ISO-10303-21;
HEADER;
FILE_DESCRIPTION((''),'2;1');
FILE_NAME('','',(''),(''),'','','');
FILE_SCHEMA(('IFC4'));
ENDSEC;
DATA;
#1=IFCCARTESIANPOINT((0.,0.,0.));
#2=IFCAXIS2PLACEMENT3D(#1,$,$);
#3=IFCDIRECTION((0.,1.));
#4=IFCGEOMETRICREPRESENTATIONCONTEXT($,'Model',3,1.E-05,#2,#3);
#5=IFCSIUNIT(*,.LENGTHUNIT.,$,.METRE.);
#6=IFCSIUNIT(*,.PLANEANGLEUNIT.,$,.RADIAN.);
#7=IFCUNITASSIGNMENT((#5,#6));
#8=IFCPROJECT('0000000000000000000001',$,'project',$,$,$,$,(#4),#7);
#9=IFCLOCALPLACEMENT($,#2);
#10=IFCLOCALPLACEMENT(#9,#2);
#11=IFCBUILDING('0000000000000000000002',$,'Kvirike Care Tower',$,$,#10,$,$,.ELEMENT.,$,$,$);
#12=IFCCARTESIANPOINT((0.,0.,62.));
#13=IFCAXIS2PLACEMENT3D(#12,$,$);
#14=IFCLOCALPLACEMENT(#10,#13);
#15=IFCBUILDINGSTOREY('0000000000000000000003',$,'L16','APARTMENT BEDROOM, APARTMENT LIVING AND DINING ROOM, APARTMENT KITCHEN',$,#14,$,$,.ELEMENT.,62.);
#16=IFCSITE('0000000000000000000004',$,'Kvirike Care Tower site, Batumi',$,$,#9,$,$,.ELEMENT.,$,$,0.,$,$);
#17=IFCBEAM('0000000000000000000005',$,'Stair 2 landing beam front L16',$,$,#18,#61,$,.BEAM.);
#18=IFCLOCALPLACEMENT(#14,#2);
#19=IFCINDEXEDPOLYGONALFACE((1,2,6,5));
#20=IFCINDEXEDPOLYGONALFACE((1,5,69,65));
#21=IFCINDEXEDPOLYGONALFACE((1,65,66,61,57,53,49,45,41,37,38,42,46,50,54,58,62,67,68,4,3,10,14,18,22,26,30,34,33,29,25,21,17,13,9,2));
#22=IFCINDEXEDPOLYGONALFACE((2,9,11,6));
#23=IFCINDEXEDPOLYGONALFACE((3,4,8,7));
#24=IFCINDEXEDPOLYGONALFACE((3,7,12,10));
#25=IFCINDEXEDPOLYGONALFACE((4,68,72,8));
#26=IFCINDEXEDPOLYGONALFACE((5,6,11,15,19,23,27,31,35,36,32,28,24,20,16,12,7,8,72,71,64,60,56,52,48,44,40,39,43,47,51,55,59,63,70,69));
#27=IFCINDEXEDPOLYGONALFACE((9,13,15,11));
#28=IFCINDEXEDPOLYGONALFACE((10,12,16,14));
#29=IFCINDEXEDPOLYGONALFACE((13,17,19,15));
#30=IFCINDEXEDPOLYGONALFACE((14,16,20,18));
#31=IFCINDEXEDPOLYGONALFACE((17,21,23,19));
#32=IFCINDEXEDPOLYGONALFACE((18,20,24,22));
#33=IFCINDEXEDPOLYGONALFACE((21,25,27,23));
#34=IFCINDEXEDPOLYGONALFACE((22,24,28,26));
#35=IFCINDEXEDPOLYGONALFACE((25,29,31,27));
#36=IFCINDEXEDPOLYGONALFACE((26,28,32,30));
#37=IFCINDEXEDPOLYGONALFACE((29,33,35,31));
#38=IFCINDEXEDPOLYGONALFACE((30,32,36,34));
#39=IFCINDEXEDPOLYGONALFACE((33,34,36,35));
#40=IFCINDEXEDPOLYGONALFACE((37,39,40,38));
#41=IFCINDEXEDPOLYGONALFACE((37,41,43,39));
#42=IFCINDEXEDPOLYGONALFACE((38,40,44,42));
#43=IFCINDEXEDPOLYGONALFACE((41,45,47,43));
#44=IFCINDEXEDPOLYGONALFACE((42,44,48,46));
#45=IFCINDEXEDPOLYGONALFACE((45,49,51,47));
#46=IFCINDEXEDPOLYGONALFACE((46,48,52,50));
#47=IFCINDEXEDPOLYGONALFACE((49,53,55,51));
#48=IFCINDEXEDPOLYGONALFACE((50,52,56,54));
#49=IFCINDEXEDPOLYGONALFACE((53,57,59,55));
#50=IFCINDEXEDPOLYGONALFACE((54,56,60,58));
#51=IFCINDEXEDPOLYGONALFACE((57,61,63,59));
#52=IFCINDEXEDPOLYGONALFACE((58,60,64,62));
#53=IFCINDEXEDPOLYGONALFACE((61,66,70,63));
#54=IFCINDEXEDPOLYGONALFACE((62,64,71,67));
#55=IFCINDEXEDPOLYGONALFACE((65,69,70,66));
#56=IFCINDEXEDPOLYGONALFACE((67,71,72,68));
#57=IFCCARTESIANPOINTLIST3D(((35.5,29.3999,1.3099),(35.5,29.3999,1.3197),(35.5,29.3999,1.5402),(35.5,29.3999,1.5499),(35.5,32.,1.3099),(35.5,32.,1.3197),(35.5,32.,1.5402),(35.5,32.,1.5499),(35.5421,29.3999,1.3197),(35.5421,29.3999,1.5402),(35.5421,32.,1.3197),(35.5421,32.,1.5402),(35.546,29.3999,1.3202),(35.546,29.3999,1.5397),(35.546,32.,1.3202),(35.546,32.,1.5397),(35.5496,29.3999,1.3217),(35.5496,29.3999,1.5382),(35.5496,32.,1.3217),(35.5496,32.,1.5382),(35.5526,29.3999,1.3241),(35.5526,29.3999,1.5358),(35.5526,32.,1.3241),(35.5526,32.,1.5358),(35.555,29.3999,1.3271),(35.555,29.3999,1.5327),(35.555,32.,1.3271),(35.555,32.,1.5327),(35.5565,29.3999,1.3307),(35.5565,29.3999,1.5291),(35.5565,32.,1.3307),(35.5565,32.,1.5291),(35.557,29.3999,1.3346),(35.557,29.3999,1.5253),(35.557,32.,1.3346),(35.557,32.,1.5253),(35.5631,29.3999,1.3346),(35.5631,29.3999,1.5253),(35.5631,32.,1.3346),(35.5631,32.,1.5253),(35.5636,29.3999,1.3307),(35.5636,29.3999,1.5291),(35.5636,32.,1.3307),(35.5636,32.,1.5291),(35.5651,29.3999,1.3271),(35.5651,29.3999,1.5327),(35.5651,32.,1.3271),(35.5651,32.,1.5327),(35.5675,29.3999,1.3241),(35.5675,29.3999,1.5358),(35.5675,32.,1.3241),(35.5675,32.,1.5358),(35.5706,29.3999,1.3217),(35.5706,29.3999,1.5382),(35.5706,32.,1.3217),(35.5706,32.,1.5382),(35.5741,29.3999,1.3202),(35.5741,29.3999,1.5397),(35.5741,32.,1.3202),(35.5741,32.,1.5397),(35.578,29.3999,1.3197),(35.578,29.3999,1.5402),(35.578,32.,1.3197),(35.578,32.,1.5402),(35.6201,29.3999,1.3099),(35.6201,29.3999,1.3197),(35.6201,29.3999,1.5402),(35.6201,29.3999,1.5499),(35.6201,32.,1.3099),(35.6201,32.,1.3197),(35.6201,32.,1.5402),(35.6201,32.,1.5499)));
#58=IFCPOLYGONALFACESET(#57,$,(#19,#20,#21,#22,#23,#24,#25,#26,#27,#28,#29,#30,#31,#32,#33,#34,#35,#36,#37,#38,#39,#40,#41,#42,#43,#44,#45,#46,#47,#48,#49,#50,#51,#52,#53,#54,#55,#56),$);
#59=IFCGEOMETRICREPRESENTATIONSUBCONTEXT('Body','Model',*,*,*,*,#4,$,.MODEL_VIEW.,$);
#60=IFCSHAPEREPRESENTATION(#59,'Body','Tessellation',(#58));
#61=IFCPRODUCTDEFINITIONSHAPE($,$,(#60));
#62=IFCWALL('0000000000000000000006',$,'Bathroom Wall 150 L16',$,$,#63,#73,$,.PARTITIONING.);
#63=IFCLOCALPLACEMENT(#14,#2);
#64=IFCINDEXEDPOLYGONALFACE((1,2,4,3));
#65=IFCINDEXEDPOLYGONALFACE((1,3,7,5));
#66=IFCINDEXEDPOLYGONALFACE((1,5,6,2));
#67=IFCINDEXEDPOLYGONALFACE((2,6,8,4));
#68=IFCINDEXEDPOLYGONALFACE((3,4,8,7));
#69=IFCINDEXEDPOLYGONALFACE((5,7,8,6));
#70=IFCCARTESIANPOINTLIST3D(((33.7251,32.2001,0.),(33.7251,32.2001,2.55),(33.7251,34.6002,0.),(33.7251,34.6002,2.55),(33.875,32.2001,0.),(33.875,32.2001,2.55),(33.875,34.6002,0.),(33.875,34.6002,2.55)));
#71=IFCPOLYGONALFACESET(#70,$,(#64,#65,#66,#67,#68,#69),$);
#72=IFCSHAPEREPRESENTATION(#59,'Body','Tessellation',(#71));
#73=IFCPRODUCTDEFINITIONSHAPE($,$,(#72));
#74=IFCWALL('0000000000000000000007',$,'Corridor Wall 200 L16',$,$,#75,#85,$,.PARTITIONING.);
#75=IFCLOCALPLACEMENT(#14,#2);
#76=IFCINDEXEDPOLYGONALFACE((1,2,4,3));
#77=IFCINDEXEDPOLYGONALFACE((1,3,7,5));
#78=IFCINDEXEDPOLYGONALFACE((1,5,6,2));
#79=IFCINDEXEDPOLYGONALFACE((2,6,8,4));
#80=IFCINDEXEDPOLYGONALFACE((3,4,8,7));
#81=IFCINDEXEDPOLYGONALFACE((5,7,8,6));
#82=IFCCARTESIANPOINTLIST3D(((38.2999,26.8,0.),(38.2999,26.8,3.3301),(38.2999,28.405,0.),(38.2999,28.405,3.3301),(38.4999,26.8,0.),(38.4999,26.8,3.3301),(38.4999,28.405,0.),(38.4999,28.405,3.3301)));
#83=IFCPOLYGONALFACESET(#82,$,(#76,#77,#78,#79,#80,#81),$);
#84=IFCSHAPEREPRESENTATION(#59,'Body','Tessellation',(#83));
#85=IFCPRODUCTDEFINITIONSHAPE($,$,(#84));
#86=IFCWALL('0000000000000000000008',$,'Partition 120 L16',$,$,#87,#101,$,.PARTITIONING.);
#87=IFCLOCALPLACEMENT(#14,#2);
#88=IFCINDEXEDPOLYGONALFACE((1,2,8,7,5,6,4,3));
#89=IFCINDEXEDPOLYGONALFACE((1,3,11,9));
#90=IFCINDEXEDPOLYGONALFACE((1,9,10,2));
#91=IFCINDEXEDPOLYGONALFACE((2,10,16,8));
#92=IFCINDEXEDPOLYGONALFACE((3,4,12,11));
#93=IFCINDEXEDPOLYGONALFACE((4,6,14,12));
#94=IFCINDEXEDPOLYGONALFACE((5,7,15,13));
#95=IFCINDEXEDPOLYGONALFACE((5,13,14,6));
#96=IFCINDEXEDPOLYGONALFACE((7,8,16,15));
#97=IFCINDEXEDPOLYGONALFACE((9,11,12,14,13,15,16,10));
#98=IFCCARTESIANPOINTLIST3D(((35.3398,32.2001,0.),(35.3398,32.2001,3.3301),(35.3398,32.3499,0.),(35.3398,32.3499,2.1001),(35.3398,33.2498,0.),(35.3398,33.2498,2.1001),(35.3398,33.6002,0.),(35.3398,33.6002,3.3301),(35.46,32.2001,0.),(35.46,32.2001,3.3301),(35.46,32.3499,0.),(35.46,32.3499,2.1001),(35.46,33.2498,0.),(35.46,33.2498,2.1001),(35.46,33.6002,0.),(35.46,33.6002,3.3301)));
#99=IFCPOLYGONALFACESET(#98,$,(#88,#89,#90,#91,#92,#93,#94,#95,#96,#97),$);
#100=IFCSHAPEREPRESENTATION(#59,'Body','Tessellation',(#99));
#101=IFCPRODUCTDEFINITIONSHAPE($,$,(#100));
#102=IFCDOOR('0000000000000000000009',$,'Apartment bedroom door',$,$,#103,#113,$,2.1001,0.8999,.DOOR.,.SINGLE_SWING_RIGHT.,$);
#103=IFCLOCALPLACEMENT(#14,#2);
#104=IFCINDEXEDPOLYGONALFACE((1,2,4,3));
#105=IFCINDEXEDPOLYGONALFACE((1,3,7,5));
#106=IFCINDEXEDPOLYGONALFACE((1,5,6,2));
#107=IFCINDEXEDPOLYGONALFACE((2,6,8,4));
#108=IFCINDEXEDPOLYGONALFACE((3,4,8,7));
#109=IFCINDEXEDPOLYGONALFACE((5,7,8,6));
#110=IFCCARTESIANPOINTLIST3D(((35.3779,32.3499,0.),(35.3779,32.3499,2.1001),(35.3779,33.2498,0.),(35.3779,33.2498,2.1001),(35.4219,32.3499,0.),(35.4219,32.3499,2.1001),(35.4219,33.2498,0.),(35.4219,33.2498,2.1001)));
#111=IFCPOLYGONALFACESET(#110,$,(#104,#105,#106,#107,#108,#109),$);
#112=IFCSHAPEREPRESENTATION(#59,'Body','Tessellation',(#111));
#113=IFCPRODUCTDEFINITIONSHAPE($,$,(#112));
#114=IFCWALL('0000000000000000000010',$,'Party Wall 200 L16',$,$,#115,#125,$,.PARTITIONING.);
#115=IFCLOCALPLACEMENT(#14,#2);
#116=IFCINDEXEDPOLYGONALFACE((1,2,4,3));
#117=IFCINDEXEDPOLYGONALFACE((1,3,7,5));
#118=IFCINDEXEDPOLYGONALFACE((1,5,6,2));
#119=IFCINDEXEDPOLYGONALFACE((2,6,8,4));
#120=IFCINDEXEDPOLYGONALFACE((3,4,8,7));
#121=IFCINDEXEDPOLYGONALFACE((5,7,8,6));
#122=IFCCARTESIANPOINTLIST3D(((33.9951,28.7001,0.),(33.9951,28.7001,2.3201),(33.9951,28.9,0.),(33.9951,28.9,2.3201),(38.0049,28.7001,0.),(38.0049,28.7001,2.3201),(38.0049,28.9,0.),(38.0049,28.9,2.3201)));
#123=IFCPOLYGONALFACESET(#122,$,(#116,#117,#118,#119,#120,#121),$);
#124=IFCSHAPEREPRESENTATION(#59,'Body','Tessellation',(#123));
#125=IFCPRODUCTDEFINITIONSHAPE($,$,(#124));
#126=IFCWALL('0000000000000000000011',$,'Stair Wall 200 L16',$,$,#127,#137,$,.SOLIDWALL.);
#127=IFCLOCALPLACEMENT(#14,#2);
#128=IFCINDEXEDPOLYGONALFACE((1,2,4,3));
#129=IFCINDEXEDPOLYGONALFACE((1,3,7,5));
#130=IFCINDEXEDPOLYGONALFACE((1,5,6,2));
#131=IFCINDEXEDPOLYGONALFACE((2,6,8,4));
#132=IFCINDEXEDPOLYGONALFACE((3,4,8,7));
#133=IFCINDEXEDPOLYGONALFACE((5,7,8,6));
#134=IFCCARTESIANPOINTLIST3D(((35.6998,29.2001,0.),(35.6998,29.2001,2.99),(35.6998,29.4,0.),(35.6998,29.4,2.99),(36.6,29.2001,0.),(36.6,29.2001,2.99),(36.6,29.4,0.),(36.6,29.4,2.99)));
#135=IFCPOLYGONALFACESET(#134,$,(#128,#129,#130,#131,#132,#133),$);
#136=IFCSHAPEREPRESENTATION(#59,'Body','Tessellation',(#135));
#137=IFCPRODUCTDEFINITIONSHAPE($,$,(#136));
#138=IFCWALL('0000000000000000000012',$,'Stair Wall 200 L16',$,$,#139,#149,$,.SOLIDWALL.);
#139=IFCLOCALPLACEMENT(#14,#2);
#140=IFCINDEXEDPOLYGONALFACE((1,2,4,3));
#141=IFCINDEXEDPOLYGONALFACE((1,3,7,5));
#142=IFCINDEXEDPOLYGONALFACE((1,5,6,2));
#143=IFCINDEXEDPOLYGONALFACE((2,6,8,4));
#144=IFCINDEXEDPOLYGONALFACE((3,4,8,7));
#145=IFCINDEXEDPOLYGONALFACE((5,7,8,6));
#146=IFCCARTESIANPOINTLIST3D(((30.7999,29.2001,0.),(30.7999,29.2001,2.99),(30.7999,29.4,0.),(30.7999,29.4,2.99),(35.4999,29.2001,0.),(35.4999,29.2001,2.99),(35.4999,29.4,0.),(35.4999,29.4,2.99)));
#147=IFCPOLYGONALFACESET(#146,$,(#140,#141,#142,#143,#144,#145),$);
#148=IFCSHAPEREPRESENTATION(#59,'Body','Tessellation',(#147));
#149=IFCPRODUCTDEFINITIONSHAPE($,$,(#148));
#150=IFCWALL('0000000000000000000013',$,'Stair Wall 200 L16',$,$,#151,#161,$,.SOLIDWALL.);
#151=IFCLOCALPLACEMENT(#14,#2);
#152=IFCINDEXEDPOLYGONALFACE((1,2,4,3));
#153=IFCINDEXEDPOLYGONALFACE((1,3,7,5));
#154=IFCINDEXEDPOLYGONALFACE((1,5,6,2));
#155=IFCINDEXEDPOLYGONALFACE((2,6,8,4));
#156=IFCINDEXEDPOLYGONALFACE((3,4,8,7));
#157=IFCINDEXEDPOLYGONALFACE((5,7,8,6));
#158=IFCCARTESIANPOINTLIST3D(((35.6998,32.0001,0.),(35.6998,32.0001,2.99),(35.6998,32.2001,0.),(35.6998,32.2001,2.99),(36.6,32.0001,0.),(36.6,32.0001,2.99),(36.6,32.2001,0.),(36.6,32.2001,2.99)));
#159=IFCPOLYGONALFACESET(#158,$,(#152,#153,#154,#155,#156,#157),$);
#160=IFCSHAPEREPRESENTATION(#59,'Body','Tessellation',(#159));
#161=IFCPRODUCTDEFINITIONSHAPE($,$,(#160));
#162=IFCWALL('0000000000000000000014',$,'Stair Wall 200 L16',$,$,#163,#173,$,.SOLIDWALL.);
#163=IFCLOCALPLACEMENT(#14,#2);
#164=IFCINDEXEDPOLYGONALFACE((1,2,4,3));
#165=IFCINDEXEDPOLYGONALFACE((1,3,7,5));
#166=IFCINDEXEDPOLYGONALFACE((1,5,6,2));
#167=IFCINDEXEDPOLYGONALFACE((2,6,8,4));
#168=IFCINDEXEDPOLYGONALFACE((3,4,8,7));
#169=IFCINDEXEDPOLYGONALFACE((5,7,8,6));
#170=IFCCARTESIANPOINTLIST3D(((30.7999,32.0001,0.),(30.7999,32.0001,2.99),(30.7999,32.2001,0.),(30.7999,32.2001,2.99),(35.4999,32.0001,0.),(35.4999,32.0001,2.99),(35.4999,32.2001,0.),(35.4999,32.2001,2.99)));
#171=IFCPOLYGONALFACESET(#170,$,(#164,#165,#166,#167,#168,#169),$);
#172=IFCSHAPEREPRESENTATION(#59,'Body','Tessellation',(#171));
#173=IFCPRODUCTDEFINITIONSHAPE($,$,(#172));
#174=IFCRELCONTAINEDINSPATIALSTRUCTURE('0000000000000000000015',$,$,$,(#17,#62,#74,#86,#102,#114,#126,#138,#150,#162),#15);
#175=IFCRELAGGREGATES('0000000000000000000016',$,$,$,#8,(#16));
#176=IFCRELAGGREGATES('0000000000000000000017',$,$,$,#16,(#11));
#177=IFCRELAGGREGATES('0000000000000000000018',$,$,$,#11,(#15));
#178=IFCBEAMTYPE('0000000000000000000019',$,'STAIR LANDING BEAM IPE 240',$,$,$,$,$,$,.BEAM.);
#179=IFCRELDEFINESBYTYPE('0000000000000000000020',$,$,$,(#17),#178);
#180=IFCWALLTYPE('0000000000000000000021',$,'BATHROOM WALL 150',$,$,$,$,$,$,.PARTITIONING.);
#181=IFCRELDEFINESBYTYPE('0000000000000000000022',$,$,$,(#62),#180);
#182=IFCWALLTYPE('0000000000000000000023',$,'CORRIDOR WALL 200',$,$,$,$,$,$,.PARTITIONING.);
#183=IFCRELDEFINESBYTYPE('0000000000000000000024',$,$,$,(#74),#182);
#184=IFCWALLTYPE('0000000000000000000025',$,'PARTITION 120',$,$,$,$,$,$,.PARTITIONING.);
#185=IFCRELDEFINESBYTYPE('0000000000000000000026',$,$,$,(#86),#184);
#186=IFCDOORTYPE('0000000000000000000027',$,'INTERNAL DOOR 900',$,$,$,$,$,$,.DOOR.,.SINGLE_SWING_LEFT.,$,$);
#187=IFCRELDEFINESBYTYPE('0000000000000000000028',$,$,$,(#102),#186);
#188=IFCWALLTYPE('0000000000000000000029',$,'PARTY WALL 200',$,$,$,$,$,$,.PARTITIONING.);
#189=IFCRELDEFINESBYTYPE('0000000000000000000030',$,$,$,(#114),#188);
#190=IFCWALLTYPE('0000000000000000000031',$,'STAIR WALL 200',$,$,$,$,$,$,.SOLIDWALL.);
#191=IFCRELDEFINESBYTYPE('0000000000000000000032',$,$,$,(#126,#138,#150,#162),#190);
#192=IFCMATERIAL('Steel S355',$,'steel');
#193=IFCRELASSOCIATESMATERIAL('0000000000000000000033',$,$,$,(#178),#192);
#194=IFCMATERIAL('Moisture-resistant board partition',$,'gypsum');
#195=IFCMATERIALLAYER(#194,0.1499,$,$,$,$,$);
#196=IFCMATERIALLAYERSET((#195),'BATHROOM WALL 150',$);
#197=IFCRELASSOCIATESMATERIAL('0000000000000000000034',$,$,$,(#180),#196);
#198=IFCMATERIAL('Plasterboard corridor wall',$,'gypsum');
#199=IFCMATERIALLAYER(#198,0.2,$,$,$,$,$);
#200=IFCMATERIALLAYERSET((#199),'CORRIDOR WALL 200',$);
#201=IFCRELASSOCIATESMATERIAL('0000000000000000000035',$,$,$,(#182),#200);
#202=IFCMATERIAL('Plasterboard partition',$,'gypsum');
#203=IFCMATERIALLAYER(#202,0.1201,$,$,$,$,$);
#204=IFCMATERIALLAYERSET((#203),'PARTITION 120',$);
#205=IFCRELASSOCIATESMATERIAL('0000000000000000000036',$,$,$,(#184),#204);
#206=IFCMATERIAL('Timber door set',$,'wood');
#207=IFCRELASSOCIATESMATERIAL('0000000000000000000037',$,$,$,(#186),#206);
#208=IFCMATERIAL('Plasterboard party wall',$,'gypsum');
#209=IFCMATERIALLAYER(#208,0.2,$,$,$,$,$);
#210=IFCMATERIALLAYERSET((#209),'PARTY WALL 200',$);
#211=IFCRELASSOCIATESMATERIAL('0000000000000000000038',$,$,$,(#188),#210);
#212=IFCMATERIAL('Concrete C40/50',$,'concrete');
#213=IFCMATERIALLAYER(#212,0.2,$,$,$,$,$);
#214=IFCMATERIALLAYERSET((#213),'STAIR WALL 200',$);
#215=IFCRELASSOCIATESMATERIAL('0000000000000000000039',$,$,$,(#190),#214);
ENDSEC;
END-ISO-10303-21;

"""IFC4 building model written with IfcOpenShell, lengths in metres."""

from ifc_helpers import new_model, si_unit, direction, frame, frame_2d, origin, origin_2d, place, context, subcontext, project, spatial, rectangle, i_section, extrude, material, layer, layer_set, material_profile, profile_set, type_object, element, fill, save


model = new_model("IFC4")

# Units and contexts
model_context = context("Model", 3, precision=1e-05, world=origin(), true_north=direction((0.0, 1.0)))
body_context = subcontext(model_context, "Body", "Model", "MODEL_VIEW")
ifc_project = project(units=[si_unit("LENGTHUNIT", "METRE"), si_unit("PLANEANGLEUNIT", "RADIAN")], contexts=[model_context])

# Site, building, storey
site_placement = place(None, origin())
site = spatial("IfcSite", under=ifc_project, at=site_placement, Name="Kvirike Care Tower site, Batumi", CompositionType="ELEMENT", RefElevation=0.0)
building_placement = place(site_placement, origin())
building = spatial("IfcBuilding", under=site, at=building_placement, Name="Kvirike Care Tower", CompositionType="ELEMENT")
storey_placement = place(building_placement, frame((0.0, 0.0, 62.0)))
storey = spatial("IfcBuildingStorey", under=building, at=storey_placement, Name="L16", Description="APARTMENT BEDROOM, APARTMENT LIVING AND DINING ROOM, APARTMENT KITCHEN", CompositionType="ELEMENT", Elevation=62.0)

# Beam
ifc_material_1 = material(Name="Steel S355", Category="steel")
ifc_material_profile_1 = material_profile(ifc_material_1, i_section(OverallWidth=0.1201, OverallDepth=0.24, WebThickness=0.0061, FlangeThickness=0.0098, FilletRadius=0.0149, at=origin_2d()), Name="IPE 240")
ifc_profile_set_1 = profile_set([ifc_material_profile_1], Name="Steel S355")
beam_type_1 = type_object("IfcBeamType", Name="STAIR LANDING BEAM IPE 240", PredefinedType="BEAM", material=ifc_profile_set_1)
for number, where, z_axis, x_axis, name in (
    (1, (35.5601, 29.3999, 1.4299), (0.0, 1.0, 0.0), (-1.0, 0.0, 0.0), "Stair 2 landing beam front L16"),
):
    element("IfcBeam", number, at=place(storey_placement, frame(where, z_axis=z_axis, x_axis=x_axis)), inside=storey, type_object=beam_type_1, Name=name, PredefinedType="BEAM", context=body_context, shape_type="SweptSolid", body=[
        extrude(i_section(OverallWidth=0.1201, OverallDepth=0.24, WebThickness=0.0061, FlangeThickness=0.0098, FilletRadius=0.0149, at=origin_2d()), origin(), (0.0, 0.0, 1.0), 2.6001),
    ])

# Walls
ifc_material_2 = material(Name="Moisture-resistant board partition", Category="gypsum")
ifc_layer_1 = layer(ifc_material_2, 0.1499)
ifc_layer_set_1 = layer_set([ifc_layer_1], Name="BATHROOM WALL 150")
wall_type_1 = type_object("IfcWallType", Name="BATHROOM WALL 150", PredefinedType="PARTITIONING", material=ifc_layer_set_1)
wall_1_placement = place(storey_placement, frame((33.8, 32.2, 0.0), z_axis=(0.0, 0.0, 1.0), x_axis=(0.0, 1.0, 0.0)))
element("IfcWall", 2, at=wall_1_placement, inside=storey, type_object=wall_type_1, Name="Bathroom Wall 150 L16", PredefinedType="PARTITIONING", context=body_context, shape_type="SweptSolid", body=[
    extrude(rectangle(XDim=2.4001, YDim=0.1499, at=frame_2d((1.2002, 0.0))), origin(), (0.0, 0.0, 1.0), 2.55),
])
ifc_material_3 = material(Name="Plasterboard corridor wall", Category="gypsum")
ifc_layer_2 = layer(ifc_material_3, 0.2)
ifc_layer_set_2 = layer_set([ifc_layer_2], Name="CORRIDOR WALL 200")
wall_type_2 = type_object("IfcWallType", Name="CORRIDOR WALL 200", PredefinedType="PARTITIONING", material=ifc_layer_set_2)
wall_2_placement = place(storey_placement, frame((38.3999, 26.8, 0.0), z_axis=(0.0, 0.0, 1.0), x_axis=(0.0, 1.0, 0.0)))
element("IfcWall", 3, at=wall_2_placement, inside=storey, type_object=wall_type_2, Name="Corridor Wall 200 L16", PredefinedType="PARTITIONING", context=body_context, shape_type="SweptSolid", body=[
    extrude(rectangle(XDim=1.605, YDim=0.2, at=frame_2d((0.8025, 0.0))), origin(), (0.0, 0.0, 1.0), 3.3301),
])

# Wall, opening, door
ifc_material_4 = material(Name="Plasterboard partition", Category="gypsum")
ifc_layer_3 = layer(ifc_material_4, 0.1201)
ifc_layer_set_3 = layer_set([ifc_layer_3], Name="PARTITION 120")
wall_type_3 = type_object("IfcWallType", Name="PARTITION 120", PredefinedType="PARTITIONING", material=ifc_layer_set_3)
wall_3_placement = place(storey_placement, frame((35.3999, 32.2, 0.0), z_axis=(0.0, 0.0, 1.0), x_axis=(0.0, 1.0, 0.0)))
wall_3 = element("IfcWall", 4, at=wall_3_placement, inside=storey, type_object=wall_type_3, Name="Partition 120 L16", PredefinedType="PARTITIONING", context=body_context, shape_type="SweptSolid", body=[
    extrude(rectangle(XDim=1.4001, YDim=0.1201, at=frame_2d((0.7002, 0.0))), origin(), (0.0, 0.0, 1.0), 3.3301),
])
opening_placement = place(wall_3_placement, frame((0.1499, 0.0, 0.0)))
opening = element("IfcOpeningElement", 5, at=opening_placement, cuts=wall_3, PredefinedType="OPENING", context=body_context, shape_type="SweptSolid", body=[
    extrude(rectangle(XDim=0.8999, YDim=2.1001, at=frame_2d((0.45, 1.05))), frame((0.0, 0.0706, 0.0), z_axis=(0.0, -1.0, 0.0), x_axis=(1.0, 0.0, 0.0)), (0.0, 0.0, 1.0), 0.1411),
])
ifc_material_5 = material(Name="Timber door set", Category="wood")
door_type = type_object("IfcDoorType", Name="INTERNAL DOOR 900", OperationType="SINGLE_SWING_LEFT", PredefinedType="DOOR", material=ifc_material_5)
door_placement = place(opening_placement, origin())
door = element("IfcDoor", 6, at=door_placement, inside=storey, type_object=door_type, Name="Apartment bedroom door", OperationType="SINGLE_SWING_RIGHT", OverallHeight=2.1001, OverallWidth=0.8999, PredefinedType="DOOR", context=body_context, shape_type="SweptSolid", body=[
    extrude(rectangle(XDim=0.8999, YDim=2.1001, at=frame_2d((0.45, 1.05))), frame((0.0, 0.022, 0.0), z_axis=(0.0, -1.0, 0.0), x_axis=(1.0, 0.0, 0.0)), (0.0, 0.0, 1.0), 0.0439),
])
fill(opening, door)

# Walls
ifc_material_6 = material(Name="Plasterboard party wall", Category="gypsum")
ifc_layer_4 = layer(ifc_material_6, 0.2)
ifc_layer_set_4 = layer_set([ifc_layer_4], Name="PARTY WALL 200")
wall_type_4 = type_object("IfcWallType", Name="PARTY WALL 200", PredefinedType="PARTITIONING", material=ifc_layer_set_4)
wall_4_placement = place(storey_placement, frame((38.0049, 28.8, 0.0), z_axis=(0.0, 0.0, 1.0), x_axis=(-1.0, 0.0, 0.0)))
element("IfcWall", 7, at=wall_4_placement, inside=storey, type_object=wall_type_4, Name="Party Wall 200 L16", PredefinedType="PARTITIONING", context=body_context, shape_type="SweptSolid", body=[
    extrude(rectangle(XDim=4.0098, YDim=0.2, at=frame_2d((2.0049, 0.0))), origin(), (0.0, 0.0, 1.0), 2.3201),
])
ifc_material_7 = material(Name="Concrete C40/50", Category="concrete")
ifc_layer_5 = layer(ifc_material_7, 0.2)
ifc_layer_set_5 = layer_set([ifc_layer_5], Name="STAIR WALL 200")
wall_type_5 = type_object("IfcWallType", Name="STAIR WALL 200", PredefinedType="SOLIDWALL", material=ifc_layer_set_5)
wall_5_placement = place(storey_placement, frame((36.6001, 29.3, 0.0), z_axis=(0.0, 0.0, 1.0), x_axis=(-1.0, 0.0, 0.0)))
element("IfcWall", 8, at=wall_5_placement, inside=storey, type_object=wall_type_5, Name="Stair Wall 200 L16", PredefinedType="SOLIDWALL", context=body_context, shape_type="SweptSolid", body=[
    extrude(rectangle(XDim=0.9001, YDim=0.2, at=frame_2d((0.4502, 0.0))), origin(), (0.0, 0.0, 1.0), 2.99),
])
wall_6_placement = place(storey_placement, frame((35.5, 29.3, 0.0), z_axis=(0.0, 0.0, 1.0), x_axis=(-1.0, 0.0, 0.0)))
element("IfcWall", 9, at=wall_6_placement, inside=storey, type_object=wall_type_5, Name="Stair Wall 200 L16", PredefinedType="SOLIDWALL", context=body_context, shape_type="SweptSolid", body=[
    extrude(rectangle(XDim=4.7, YDim=0.2, at=frame_2d((2.3501, 0.0))), origin(), (0.0, 0.0, 1.0), 2.99),
])
wall_7_placement = place(storey_placement, frame((36.6001, 32.1001, 0.0), z_axis=(0.0, 0.0, 1.0), x_axis=(-1.0, 0.0, 0.0)))
element("IfcWall", 10, at=wall_7_placement, inside=storey, type_object=wall_type_5, Name="Stair Wall 200 L16", PredefinedType="SOLIDWALL", context=body_context, shape_type="SweptSolid", body=[
    extrude(rectangle(XDim=0.9001, YDim=0.2, at=frame_2d((0.4502, 0.0))), origin(), (0.0, 0.0, 1.0), 2.99),
])
wall_8_placement = place(storey_placement, frame((35.5, 32.1001, 0.0), z_axis=(0.0, 0.0, 1.0), x_axis=(-1.0, 0.0, 0.0)))
element("IfcWall", 11, at=wall_8_placement, inside=storey, type_object=wall_type_5, Name="Stair Wall 200 L16", PredefinedType="SOLIDWALL", context=body_context, shape_type="SweptSolid", body=[
    extrude(rectangle(XDim=4.7, YDim=0.2, at=frame_2d((2.3501, 0.0))), origin(), (0.0, 0.0, 1.0), 2.99),
])

save(model, "model.ifc")
